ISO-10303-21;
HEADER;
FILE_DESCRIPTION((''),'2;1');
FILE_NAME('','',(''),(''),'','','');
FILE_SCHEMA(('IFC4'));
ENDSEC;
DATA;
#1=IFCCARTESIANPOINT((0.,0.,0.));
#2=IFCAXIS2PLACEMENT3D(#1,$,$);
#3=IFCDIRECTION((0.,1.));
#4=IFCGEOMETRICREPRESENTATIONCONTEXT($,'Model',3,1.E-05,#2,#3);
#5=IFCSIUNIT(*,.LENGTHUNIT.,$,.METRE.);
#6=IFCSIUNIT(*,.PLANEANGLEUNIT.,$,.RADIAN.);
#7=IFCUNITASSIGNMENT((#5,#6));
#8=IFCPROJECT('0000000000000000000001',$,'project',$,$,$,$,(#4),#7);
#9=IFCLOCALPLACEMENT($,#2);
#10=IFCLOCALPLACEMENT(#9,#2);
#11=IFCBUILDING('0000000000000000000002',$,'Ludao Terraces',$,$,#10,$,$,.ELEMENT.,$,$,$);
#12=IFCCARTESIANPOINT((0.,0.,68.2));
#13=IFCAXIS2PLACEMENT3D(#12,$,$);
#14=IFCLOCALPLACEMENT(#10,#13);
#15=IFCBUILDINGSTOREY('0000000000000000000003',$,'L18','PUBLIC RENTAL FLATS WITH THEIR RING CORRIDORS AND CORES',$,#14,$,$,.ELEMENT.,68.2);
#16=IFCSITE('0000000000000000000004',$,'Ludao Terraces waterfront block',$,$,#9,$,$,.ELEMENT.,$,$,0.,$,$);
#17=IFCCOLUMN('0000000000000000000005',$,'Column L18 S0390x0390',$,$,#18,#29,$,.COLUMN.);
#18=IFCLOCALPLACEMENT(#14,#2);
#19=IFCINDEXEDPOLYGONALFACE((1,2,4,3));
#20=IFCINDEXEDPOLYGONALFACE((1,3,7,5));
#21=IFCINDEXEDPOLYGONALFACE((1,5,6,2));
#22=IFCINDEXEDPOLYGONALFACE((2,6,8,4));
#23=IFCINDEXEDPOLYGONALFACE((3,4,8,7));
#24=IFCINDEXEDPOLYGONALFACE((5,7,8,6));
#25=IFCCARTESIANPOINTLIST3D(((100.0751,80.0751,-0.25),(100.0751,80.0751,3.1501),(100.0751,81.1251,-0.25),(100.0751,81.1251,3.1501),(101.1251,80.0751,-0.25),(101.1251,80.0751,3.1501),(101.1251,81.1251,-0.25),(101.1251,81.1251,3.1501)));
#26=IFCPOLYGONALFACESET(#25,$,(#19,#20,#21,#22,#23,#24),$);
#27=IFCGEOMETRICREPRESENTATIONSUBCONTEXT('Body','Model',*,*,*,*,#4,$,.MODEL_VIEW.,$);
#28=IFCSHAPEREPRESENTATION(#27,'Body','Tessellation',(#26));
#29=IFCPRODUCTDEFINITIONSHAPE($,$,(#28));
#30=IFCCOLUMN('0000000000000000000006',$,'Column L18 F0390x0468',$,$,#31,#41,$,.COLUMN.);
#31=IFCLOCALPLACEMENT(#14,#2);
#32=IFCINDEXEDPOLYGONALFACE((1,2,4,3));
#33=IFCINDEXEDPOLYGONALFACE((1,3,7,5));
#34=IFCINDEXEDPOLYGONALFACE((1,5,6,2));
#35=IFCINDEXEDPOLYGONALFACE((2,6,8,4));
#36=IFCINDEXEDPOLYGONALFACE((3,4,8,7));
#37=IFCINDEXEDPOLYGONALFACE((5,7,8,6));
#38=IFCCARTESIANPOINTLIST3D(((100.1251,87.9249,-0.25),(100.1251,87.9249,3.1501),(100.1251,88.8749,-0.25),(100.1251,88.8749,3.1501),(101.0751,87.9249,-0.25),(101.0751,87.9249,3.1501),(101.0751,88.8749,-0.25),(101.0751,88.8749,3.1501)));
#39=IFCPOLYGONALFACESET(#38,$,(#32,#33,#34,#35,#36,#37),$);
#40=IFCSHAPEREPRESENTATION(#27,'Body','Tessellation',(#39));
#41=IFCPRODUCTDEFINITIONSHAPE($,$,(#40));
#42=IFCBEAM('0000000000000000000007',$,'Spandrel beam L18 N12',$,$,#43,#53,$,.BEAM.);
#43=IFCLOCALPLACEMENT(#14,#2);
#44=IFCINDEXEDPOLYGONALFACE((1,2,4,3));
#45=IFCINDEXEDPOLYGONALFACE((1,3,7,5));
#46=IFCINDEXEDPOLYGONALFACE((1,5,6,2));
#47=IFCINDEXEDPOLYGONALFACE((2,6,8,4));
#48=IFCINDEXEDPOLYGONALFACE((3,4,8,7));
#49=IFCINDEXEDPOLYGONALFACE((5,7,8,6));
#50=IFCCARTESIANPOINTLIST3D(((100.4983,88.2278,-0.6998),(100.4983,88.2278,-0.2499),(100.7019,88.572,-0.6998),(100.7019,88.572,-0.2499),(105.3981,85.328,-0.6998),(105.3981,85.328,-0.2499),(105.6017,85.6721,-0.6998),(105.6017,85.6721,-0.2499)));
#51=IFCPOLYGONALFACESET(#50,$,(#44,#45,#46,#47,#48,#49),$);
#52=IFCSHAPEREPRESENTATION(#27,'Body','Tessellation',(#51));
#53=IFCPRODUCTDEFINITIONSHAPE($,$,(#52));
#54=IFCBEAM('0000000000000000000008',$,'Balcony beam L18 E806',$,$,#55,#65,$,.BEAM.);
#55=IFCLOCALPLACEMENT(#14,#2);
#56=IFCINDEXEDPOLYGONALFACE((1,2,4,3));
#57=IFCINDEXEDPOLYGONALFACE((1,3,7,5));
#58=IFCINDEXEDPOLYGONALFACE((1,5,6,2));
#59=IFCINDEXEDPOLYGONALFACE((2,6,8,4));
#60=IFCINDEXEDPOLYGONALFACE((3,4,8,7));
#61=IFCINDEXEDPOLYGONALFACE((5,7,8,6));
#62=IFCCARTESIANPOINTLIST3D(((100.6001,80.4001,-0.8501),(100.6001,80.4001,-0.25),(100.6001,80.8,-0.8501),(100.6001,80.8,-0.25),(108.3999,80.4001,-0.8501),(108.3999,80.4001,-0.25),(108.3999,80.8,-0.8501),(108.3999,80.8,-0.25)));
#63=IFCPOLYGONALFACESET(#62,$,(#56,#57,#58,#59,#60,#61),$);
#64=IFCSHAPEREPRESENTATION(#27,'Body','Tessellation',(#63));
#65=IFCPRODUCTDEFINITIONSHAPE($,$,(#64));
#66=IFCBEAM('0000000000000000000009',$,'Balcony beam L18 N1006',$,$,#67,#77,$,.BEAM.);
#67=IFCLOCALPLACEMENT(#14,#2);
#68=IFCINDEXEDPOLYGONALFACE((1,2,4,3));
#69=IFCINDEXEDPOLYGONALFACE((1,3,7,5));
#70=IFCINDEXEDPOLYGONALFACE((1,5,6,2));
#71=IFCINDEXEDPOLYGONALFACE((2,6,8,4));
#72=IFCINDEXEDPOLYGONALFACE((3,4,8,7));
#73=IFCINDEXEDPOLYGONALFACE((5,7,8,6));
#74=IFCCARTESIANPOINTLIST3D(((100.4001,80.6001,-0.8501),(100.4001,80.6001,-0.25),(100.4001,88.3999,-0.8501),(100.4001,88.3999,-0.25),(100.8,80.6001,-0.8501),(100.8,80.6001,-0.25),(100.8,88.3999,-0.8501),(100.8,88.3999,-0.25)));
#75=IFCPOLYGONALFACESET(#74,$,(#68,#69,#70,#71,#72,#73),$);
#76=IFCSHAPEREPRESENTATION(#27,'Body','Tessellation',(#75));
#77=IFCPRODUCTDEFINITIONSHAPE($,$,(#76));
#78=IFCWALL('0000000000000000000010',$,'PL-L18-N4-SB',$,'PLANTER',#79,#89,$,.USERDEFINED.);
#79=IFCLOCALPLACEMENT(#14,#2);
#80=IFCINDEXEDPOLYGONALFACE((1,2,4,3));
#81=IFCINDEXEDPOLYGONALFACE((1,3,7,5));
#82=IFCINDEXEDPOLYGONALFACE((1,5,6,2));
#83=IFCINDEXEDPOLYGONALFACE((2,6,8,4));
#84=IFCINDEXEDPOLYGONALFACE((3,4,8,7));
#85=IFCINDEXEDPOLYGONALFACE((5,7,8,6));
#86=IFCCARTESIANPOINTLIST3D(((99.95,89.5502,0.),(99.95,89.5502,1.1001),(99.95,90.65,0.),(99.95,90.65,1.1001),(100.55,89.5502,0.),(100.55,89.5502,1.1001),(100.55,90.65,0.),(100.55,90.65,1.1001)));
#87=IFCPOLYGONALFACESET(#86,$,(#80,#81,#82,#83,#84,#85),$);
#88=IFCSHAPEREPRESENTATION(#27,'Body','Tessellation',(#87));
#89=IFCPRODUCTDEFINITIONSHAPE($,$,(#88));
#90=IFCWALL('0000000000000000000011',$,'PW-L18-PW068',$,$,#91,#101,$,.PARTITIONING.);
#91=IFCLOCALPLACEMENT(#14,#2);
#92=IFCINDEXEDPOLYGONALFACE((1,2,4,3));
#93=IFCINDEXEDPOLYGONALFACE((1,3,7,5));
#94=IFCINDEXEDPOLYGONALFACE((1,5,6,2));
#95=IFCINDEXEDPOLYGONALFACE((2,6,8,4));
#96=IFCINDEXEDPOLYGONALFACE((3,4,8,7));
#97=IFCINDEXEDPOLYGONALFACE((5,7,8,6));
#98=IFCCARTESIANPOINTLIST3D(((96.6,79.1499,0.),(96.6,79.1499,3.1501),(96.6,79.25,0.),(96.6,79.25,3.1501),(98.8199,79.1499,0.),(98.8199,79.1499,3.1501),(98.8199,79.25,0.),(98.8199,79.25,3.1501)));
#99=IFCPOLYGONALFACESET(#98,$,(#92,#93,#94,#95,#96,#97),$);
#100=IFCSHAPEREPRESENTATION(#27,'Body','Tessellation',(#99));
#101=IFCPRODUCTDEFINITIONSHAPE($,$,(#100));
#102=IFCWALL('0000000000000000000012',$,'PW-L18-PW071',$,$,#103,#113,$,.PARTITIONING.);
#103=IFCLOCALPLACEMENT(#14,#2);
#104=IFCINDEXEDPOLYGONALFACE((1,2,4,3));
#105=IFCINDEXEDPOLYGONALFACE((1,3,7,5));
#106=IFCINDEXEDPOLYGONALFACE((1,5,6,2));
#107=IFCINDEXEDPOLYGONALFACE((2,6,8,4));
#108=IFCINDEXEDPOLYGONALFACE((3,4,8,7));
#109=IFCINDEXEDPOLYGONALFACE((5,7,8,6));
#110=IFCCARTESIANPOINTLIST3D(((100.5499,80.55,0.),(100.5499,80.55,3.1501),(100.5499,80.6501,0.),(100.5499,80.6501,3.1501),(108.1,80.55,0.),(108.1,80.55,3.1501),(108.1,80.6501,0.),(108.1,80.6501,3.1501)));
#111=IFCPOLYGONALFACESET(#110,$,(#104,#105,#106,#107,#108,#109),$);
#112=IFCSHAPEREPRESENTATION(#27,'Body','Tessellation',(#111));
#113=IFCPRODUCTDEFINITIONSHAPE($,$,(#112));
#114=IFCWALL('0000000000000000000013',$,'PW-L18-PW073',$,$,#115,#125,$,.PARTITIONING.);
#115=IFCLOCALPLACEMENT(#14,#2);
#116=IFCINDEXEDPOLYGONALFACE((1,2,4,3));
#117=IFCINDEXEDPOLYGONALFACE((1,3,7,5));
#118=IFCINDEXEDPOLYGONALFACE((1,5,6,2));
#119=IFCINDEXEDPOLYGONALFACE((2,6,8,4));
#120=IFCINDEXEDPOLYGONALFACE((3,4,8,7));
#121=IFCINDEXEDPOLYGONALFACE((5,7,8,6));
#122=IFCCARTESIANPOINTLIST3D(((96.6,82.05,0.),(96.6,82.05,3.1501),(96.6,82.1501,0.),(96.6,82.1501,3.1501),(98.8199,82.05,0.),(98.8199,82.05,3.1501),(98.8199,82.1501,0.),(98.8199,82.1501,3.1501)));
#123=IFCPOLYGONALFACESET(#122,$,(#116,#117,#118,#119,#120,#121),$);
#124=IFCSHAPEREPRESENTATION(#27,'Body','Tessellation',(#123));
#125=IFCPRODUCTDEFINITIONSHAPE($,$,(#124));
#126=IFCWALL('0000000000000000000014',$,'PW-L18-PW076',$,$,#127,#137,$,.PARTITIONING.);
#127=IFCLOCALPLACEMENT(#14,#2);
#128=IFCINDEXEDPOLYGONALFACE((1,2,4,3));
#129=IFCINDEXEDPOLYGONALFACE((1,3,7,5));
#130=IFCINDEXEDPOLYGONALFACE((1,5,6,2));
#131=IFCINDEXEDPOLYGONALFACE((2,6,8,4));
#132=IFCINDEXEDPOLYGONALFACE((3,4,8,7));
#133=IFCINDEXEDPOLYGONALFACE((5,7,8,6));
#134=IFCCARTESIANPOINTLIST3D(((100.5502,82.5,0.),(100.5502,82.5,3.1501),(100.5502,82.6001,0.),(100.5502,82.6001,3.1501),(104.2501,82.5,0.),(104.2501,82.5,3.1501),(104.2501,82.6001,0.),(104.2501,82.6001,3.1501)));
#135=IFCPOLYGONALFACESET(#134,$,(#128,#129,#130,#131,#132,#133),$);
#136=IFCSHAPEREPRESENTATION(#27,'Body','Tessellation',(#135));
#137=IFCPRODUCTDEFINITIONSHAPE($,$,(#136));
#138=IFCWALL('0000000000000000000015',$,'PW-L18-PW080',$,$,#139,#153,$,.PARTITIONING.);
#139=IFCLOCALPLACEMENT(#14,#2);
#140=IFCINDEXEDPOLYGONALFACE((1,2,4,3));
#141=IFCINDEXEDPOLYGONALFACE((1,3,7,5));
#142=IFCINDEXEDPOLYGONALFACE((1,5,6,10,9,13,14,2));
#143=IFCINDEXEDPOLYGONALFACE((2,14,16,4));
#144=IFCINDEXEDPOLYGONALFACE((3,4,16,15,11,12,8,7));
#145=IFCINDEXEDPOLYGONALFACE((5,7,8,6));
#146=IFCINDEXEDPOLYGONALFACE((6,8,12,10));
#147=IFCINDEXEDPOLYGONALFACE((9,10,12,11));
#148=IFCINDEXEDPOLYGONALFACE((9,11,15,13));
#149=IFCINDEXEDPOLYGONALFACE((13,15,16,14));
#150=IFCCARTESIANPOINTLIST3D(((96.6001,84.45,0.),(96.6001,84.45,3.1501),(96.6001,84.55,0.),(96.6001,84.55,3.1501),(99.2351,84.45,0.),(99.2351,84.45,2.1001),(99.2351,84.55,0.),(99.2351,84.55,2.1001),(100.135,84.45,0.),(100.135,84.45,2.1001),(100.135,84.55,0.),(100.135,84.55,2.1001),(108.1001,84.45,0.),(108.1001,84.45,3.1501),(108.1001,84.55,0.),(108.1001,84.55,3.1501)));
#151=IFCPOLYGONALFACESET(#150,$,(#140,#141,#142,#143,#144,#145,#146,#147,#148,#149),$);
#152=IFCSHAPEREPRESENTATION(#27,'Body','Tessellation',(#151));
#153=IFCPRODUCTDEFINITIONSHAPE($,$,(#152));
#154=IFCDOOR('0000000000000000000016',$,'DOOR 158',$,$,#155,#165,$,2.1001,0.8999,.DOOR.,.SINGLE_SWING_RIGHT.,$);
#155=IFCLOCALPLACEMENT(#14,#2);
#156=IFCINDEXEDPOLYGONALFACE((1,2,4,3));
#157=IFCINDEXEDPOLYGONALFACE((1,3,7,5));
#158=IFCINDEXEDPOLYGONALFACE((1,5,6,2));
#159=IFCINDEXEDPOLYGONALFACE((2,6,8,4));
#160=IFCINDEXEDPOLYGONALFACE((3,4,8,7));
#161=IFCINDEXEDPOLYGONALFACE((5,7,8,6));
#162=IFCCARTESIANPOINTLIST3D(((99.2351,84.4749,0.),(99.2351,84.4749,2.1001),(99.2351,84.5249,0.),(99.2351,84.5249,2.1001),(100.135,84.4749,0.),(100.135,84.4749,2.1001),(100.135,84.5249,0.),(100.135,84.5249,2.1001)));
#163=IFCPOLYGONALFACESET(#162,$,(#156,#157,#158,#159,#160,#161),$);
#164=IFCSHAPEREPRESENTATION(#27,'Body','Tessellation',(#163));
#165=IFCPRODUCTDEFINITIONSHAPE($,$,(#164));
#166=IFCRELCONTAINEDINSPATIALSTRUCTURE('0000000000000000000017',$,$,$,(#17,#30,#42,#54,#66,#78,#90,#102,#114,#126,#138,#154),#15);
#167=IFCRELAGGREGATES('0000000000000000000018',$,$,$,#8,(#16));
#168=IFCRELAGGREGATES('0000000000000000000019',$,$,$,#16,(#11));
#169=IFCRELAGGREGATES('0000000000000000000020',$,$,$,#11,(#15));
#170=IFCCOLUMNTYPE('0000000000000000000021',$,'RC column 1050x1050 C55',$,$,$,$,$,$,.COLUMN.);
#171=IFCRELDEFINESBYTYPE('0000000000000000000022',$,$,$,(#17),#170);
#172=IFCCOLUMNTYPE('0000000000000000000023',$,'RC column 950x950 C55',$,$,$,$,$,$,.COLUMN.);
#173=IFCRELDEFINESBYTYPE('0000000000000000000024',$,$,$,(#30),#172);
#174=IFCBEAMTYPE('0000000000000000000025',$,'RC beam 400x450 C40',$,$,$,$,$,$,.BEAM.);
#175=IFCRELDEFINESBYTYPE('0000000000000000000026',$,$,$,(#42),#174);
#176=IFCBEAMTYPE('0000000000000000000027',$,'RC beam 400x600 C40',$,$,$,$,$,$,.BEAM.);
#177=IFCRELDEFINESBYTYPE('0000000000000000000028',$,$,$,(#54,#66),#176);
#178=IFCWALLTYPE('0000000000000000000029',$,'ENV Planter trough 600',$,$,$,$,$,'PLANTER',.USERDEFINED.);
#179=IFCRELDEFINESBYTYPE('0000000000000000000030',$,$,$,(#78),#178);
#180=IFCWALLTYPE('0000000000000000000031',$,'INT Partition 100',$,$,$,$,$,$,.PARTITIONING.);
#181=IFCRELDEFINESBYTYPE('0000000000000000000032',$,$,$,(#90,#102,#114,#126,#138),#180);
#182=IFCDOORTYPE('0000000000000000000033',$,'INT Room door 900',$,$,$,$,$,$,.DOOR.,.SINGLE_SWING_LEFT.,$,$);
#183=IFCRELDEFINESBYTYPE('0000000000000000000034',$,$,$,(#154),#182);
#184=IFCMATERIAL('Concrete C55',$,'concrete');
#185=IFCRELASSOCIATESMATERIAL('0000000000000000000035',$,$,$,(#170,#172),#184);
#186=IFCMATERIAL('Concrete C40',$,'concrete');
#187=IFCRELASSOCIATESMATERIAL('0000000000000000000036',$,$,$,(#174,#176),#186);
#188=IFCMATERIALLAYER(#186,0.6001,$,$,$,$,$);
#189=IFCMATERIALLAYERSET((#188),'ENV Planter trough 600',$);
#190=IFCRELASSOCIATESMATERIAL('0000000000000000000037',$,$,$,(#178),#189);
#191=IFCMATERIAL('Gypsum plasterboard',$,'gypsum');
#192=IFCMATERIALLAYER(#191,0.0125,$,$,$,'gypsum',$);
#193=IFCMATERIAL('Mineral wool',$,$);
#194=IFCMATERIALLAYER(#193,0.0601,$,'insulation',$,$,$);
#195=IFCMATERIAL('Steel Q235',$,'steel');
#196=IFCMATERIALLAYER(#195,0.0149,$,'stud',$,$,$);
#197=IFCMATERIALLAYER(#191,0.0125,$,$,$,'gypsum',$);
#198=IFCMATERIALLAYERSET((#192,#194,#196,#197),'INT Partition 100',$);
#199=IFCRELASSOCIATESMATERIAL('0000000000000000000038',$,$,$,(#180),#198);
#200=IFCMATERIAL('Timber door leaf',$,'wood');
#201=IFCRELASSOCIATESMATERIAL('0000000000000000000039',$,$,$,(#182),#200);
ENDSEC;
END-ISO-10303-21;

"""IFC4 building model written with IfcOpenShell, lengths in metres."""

from ifc_helpers import new_model, si_unit, direction, frame, frame_2d, origin, origin_2d, place, context, subcontext, project, spatial, rectangle, extrude, material, layer, layer_set, material_profile, profile_set, type_object, element, fill, save


model = new_model("IFC4")

# Units and contexts
model_context = context("Model", 3, precision=1e-05, world=origin(), true_north=direction((0.0, 1.0)))
body_context = subcontext(model_context, "Body", "Model", "MODEL_VIEW")
ifc_project = project(units=[si_unit("LENGTHUNIT", "METRE"), si_unit("PLANEANGLEUNIT", "RADIAN")], contexts=[model_context])

# Site, building, storey
site_placement = place(None, origin())
site = spatial("IfcSite", under=ifc_project, at=site_placement, Name="Ludao Terraces waterfront block", CompositionType="ELEMENT", RefElevation=0.0)
building_placement = place(site_placement, origin())
building = spatial("IfcBuilding", under=site, at=building_placement, Name="Ludao Terraces", CompositionType="ELEMENT")
storey_placement = place(building_placement, frame((0.0, 0.0, 68.2)))
storey = spatial("IfcBuildingStorey", under=building, at=storey_placement, Name="L18", Description="PUBLIC RENTAL FLATS WITH THEIR RING CORRIDORS AND CORES", CompositionType="ELEMENT", Elevation=68.2)

# Columns
ifc_material_1 = material(Name="Concrete C55", Category="concrete")
ifc_material_profile_1 = material_profile(ifc_material_1, rectangle(XDim=1.05, YDim=1.05, at=origin_2d()), Name="1050 X 1050")
ifc_profile_set_1 = profile_set([ifc_material_profile_1], Name="Concrete C55")
column_type_1 = type_object("IfcColumnType", Name="RC column 1050x1050 C55", PredefinedType="COLUMN", material=ifc_profile_set_1)
column_1_placement = place(storey_placement, frame((100.6001, 80.6001, -0.25), z_axis=(0.0, 0.0, 1.0), x_axis=(1.0, 0.0, 0.0)))
element("IfcColumn", 1, at=column_1_placement, inside=storey, type_object=column_type_1, Name="Column L18 S0390x0390", PredefinedType="COLUMN", context=body_context, shape_type="SweptSolid", body=[
    extrude(rectangle(XDim=1.05, YDim=1.05, at=origin_2d()), origin(), (0.0, 0.0, 1.0), 3.4001),
])
ifc_material_profile_2 = material_profile(ifc_material_1, rectangle(XDim=0.95, YDim=0.95, at=origin_2d()), Name="950 X 950")
ifc_profile_set_2 = profile_set([ifc_material_profile_2], Name="Concrete C55")
column_type_2 = type_object("IfcColumnType", Name="RC column 950x950 C55", PredefinedType="COLUMN", material=ifc_profile_set_2)
column_2_placement = place(storey_placement, frame((100.6001, 88.3999, -0.25), z_axis=(0.0, 0.0, 1.0), x_axis=(1.0, 0.0, 0.0)))
element("IfcColumn", 2, at=column_2_placement, inside=storey, type_object=column_type_2, Name="Column L18 F0390x0468", PredefinedType="COLUMN", context=body_context, shape_type="SweptSolid", body=[
    extrude(rectangle(XDim=0.95, YDim=0.95, at=origin_2d()), origin(), (0.0, 0.0, 1.0), 3.4001),
])

# Beams
ifc_material_2 = material(Name="Concrete C40", Category="concrete")
ifc_material_profile_3 = material_profile(ifc_material_2, rectangle(XDim=0.3999, YDim=0.45, at=origin_2d()), Name="400 X 450")
ifc_profile_set_3 = profile_set([ifc_material_profile_3], Name="Concrete C40")
beam_type_1 = type_object("IfcBeamType", Name="RC beam 400x450 C40", PredefinedType="BEAM", material=ifc_profile_set_3)
beam_placement = place(storey_placement, frame((100.6001, 88.3999, -0.4749), z_axis=(0.86058, -0.509316, 0.0), x_axis=(0.509316, 0.86058, 0.0)))
element("IfcBeam", 3, at=beam_placement, inside=storey, type_object=beam_type_1, Name="Spandrel beam L18 N12", PredefinedType="BEAM", context=body_context, shape_type="SweptSolid", body=[
    extrude(rectangle(XDim=0.3999, YDim=0.45, at=origin_2d()), origin(), (0.0, 0.0, 1.0), 5.6936),
])
ifc_material_profile_4 = material_profile(ifc_material_2, rectangle(XDim=0.3999, YDim=0.6001, at=origin_2d()), Name="400 X 600")
ifc_profile_set_4 = profile_set([ifc_material_profile_4], Name="Concrete C40")
beam_type_2 = type_object("IfcBeamType", Name="RC beam 400x600 C40", PredefinedType="BEAM", material=ifc_profile_set_4)
for number, where, z_axis, x_axis, name in (
    (4, (100.6001, 80.6001, -0.55), (1.0, 0.0, 0.0), (0.0, 1.0, 0.0), "Balcony beam L18 E806"),
    (5, (100.6001, 80.6001, -0.55), (0.0, 1.0, 0.0), (-1.0, 0.0, 0.0), "Balcony beam L18 N1006"),
):
    element("IfcBeam", number, at=place(storey_placement, frame(where, z_axis=z_axis, x_axis=x_axis)), inside=storey, type_object=beam_type_2, Name=name, PredefinedType="BEAM", context=body_context, shape_type="SweptSolid", body=[
        extrude(rectangle(XDim=0.3999, YDim=0.6001, at=origin_2d()), origin(), (0.0, 0.0, 1.0), 7.7998),
    ])

# Walls
ifc_layer_1 = layer(ifc_material_2, 0.6001)
ifc_layer_set_1 = layer_set([ifc_layer_1], Name="ENV Planter trough 600")
wall_type_1 = type_object("IfcWallType", Name="ENV Planter trough 600", ElementType="PLANTER", PredefinedType="USERDEFINED", material=ifc_layer_set_1)
wall_1_placement = place(storey_placement, frame((100.25, 90.6499, 0.0), z_axis=(0.0, 0.0, 1.0), x_axis=(0.0, -1.0, 0.0)))
element("IfcWall", 6, at=wall_1_placement, inside=storey, type_object=wall_type_1, Name="PL-L18-N4-SB", ObjectType="PLANTER", PredefinedType="USERDEFINED", context=body_context, shape_type="SweptSolid", body=[
    extrude(rectangle(XDim=1.0999, YDim=0.6001, at=frame_2d((0.5498, 0.0))), origin(), (0.0, 0.0, 1.0), 1.1001),
])
ifc_material_3 = material(Name="Gypsum plasterboard", Category="gypsum")
ifc_layer_2 = layer(ifc_material_3, 0.0125, Category="gypsum")
ifc_material_4 = material(Name="Mineral wool")
ifc_layer_3 = layer(ifc_material_4, 0.0601, Name="insulation")
ifc_material_5 = material(Name="Steel Q235", Category="steel")
ifc_layer_4 = layer(ifc_material_5, 0.0149, Name="stud")
ifc_layer_5 = layer(ifc_material_3, 0.0125, Category="gypsum")
ifc_layer_set_2 = layer_set([ifc_layer_2, ifc_layer_3, ifc_layer_4, ifc_layer_5], Name="INT Partition 100")
wall_type_2 = type_object("IfcWallType", Name="INT Partition 100", PredefinedType="PARTITIONING", material=ifc_layer_set_2)
wall_2_placement = place(storey_placement, frame((96.6001, 79.2, 0.0), z_axis=(0.0, 0.0, 1.0), x_axis=(1.0, 0.0, 0.0)))
element("IfcWall", 7, at=wall_2_placement, inside=storey, type_object=wall_type_2, Name="PW-L18-PW068", PredefinedType="PARTITIONING", context=body_context, shape_type="SweptSolid", body=[
    extrude(rectangle(XDim=2.22, YDim=0.1001, at=frame_2d((1.1099, 0.0))), origin(), (0.0, 0.0, 1.0), 3.1501),
])
wall_3_placement = place(storey_placement, frame((100.55, 80.6001, 0.0), z_axis=(0.0, 0.0, 1.0), x_axis=(1.0, 0.0, 0.0)))
element("IfcWall", 8, at=wall_3_placement, inside=storey, type_object=wall_type_2, Name="PW-L18-PW071", PredefinedType="PARTITIONING", context=body_context, shape_type="SweptSolid", body=[
    extrude(rectangle(XDim=7.55, YDim=0.1001, at=frame_2d((3.7749, 0.0))), origin(), (0.0, 0.0, 1.0), 3.1501),
])
wall_4_placement = place(storey_placement, frame((96.6001, 82.1001, 0.0), z_axis=(0.0, 0.0, 1.0), x_axis=(1.0, 0.0, 0.0)))
element("IfcWall", 9, at=wall_4_placement, inside=storey, type_object=wall_type_2, Name="PW-L18-PW073", PredefinedType="PARTITIONING", context=body_context, shape_type="SweptSolid", body=[
    extrude(rectangle(XDim=2.22, YDim=0.1001, at=frame_2d((1.1099, 0.0))), origin(), (0.0, 0.0, 1.0), 3.1501),
])
wall_5_placement = place(storey_placement, frame((100.55, 82.55, 0.0), z_axis=(0.0, 0.0, 1.0), x_axis=(1.0, 0.0, 0.0)))
element("IfcWall", 10, at=wall_5_placement, inside=storey, type_object=wall_type_2, Name="PW-L18-PW076", PredefinedType="PARTITIONING", context=body_context, shape_type="SweptSolid", body=[
    extrude(rectangle(XDim=3.7, YDim=0.1001, at=frame_2d((1.8501, 0.0))), origin(), (0.0, 0.0, 1.0), 3.1501),
])

# Wall, opening, door
wall_6_placement = place(storey_placement, frame((96.6001, 84.5, 0.0), z_axis=(0.0, 0.0, 1.0), x_axis=(1.0, 0.0, 0.0)))
wall_6 = element("IfcWall", 11, at=wall_6_placement, inside=storey, type_object=wall_type_2, Name="PW-L18-PW080", PredefinedType="PARTITIONING", context=body_context, shape_type="SweptSolid", body=[
    extrude(rectangle(XDim=11.5, YDim=0.1001, at=frame_2d((5.75, 0.0))), origin(), (0.0, 0.0, 1.0), 3.1501),
])
opening_1_placement = place(wall_6_placement, frame((2.635, 0.0, 0.0)))
opening_1 = element("IfcOpeningElement", 12, at=opening_1_placement, cuts=wall_6, PredefinedType="OPENING", context=body_context, shape_type="SweptSolid", body=[
    extrude(rectangle(XDim=0.8999, YDim=2.1001, at=frame_2d((0.45, 1.05))), frame((0.0, 0.0601, 0.0), z_axis=(0.0, -1.0, 0.0), x_axis=(1.0, 0.0, 0.0)), (0.0, 0.0, 1.0), 0.1201),
])
ifc_material_6 = material(Name="Timber door leaf", Category="wood")
door_type = type_object("IfcDoorType", Name="INT Room door 900", OperationType="SINGLE_SWING_LEFT", PredefinedType="DOOR", material=ifc_material_6)
door_1_placement = place(opening_1_placement, origin())
door_1 = element("IfcDoor", 13, at=door_1_placement, inside=storey, type_object=door_type, Name="DOOR 158", OperationType="SINGLE_SWING_RIGHT", OverallHeight=2.1001, OverallWidth=0.8999, PredefinedType="DOOR", context=body_context, shape_type="SweptSolid", body=[
    extrude(rectangle(XDim=0.8999, YDim=2.1001, at=frame_2d((0.45, 1.05))), frame((0.0, 0.0249, 0.0), z_axis=(0.0, -1.0, 0.0), x_axis=(1.0, 0.0, 0.0)), (0.0, 0.0, 1.0), 0.05),
])
fill(opening_1, door_1)

save(model, "model.ifc")
